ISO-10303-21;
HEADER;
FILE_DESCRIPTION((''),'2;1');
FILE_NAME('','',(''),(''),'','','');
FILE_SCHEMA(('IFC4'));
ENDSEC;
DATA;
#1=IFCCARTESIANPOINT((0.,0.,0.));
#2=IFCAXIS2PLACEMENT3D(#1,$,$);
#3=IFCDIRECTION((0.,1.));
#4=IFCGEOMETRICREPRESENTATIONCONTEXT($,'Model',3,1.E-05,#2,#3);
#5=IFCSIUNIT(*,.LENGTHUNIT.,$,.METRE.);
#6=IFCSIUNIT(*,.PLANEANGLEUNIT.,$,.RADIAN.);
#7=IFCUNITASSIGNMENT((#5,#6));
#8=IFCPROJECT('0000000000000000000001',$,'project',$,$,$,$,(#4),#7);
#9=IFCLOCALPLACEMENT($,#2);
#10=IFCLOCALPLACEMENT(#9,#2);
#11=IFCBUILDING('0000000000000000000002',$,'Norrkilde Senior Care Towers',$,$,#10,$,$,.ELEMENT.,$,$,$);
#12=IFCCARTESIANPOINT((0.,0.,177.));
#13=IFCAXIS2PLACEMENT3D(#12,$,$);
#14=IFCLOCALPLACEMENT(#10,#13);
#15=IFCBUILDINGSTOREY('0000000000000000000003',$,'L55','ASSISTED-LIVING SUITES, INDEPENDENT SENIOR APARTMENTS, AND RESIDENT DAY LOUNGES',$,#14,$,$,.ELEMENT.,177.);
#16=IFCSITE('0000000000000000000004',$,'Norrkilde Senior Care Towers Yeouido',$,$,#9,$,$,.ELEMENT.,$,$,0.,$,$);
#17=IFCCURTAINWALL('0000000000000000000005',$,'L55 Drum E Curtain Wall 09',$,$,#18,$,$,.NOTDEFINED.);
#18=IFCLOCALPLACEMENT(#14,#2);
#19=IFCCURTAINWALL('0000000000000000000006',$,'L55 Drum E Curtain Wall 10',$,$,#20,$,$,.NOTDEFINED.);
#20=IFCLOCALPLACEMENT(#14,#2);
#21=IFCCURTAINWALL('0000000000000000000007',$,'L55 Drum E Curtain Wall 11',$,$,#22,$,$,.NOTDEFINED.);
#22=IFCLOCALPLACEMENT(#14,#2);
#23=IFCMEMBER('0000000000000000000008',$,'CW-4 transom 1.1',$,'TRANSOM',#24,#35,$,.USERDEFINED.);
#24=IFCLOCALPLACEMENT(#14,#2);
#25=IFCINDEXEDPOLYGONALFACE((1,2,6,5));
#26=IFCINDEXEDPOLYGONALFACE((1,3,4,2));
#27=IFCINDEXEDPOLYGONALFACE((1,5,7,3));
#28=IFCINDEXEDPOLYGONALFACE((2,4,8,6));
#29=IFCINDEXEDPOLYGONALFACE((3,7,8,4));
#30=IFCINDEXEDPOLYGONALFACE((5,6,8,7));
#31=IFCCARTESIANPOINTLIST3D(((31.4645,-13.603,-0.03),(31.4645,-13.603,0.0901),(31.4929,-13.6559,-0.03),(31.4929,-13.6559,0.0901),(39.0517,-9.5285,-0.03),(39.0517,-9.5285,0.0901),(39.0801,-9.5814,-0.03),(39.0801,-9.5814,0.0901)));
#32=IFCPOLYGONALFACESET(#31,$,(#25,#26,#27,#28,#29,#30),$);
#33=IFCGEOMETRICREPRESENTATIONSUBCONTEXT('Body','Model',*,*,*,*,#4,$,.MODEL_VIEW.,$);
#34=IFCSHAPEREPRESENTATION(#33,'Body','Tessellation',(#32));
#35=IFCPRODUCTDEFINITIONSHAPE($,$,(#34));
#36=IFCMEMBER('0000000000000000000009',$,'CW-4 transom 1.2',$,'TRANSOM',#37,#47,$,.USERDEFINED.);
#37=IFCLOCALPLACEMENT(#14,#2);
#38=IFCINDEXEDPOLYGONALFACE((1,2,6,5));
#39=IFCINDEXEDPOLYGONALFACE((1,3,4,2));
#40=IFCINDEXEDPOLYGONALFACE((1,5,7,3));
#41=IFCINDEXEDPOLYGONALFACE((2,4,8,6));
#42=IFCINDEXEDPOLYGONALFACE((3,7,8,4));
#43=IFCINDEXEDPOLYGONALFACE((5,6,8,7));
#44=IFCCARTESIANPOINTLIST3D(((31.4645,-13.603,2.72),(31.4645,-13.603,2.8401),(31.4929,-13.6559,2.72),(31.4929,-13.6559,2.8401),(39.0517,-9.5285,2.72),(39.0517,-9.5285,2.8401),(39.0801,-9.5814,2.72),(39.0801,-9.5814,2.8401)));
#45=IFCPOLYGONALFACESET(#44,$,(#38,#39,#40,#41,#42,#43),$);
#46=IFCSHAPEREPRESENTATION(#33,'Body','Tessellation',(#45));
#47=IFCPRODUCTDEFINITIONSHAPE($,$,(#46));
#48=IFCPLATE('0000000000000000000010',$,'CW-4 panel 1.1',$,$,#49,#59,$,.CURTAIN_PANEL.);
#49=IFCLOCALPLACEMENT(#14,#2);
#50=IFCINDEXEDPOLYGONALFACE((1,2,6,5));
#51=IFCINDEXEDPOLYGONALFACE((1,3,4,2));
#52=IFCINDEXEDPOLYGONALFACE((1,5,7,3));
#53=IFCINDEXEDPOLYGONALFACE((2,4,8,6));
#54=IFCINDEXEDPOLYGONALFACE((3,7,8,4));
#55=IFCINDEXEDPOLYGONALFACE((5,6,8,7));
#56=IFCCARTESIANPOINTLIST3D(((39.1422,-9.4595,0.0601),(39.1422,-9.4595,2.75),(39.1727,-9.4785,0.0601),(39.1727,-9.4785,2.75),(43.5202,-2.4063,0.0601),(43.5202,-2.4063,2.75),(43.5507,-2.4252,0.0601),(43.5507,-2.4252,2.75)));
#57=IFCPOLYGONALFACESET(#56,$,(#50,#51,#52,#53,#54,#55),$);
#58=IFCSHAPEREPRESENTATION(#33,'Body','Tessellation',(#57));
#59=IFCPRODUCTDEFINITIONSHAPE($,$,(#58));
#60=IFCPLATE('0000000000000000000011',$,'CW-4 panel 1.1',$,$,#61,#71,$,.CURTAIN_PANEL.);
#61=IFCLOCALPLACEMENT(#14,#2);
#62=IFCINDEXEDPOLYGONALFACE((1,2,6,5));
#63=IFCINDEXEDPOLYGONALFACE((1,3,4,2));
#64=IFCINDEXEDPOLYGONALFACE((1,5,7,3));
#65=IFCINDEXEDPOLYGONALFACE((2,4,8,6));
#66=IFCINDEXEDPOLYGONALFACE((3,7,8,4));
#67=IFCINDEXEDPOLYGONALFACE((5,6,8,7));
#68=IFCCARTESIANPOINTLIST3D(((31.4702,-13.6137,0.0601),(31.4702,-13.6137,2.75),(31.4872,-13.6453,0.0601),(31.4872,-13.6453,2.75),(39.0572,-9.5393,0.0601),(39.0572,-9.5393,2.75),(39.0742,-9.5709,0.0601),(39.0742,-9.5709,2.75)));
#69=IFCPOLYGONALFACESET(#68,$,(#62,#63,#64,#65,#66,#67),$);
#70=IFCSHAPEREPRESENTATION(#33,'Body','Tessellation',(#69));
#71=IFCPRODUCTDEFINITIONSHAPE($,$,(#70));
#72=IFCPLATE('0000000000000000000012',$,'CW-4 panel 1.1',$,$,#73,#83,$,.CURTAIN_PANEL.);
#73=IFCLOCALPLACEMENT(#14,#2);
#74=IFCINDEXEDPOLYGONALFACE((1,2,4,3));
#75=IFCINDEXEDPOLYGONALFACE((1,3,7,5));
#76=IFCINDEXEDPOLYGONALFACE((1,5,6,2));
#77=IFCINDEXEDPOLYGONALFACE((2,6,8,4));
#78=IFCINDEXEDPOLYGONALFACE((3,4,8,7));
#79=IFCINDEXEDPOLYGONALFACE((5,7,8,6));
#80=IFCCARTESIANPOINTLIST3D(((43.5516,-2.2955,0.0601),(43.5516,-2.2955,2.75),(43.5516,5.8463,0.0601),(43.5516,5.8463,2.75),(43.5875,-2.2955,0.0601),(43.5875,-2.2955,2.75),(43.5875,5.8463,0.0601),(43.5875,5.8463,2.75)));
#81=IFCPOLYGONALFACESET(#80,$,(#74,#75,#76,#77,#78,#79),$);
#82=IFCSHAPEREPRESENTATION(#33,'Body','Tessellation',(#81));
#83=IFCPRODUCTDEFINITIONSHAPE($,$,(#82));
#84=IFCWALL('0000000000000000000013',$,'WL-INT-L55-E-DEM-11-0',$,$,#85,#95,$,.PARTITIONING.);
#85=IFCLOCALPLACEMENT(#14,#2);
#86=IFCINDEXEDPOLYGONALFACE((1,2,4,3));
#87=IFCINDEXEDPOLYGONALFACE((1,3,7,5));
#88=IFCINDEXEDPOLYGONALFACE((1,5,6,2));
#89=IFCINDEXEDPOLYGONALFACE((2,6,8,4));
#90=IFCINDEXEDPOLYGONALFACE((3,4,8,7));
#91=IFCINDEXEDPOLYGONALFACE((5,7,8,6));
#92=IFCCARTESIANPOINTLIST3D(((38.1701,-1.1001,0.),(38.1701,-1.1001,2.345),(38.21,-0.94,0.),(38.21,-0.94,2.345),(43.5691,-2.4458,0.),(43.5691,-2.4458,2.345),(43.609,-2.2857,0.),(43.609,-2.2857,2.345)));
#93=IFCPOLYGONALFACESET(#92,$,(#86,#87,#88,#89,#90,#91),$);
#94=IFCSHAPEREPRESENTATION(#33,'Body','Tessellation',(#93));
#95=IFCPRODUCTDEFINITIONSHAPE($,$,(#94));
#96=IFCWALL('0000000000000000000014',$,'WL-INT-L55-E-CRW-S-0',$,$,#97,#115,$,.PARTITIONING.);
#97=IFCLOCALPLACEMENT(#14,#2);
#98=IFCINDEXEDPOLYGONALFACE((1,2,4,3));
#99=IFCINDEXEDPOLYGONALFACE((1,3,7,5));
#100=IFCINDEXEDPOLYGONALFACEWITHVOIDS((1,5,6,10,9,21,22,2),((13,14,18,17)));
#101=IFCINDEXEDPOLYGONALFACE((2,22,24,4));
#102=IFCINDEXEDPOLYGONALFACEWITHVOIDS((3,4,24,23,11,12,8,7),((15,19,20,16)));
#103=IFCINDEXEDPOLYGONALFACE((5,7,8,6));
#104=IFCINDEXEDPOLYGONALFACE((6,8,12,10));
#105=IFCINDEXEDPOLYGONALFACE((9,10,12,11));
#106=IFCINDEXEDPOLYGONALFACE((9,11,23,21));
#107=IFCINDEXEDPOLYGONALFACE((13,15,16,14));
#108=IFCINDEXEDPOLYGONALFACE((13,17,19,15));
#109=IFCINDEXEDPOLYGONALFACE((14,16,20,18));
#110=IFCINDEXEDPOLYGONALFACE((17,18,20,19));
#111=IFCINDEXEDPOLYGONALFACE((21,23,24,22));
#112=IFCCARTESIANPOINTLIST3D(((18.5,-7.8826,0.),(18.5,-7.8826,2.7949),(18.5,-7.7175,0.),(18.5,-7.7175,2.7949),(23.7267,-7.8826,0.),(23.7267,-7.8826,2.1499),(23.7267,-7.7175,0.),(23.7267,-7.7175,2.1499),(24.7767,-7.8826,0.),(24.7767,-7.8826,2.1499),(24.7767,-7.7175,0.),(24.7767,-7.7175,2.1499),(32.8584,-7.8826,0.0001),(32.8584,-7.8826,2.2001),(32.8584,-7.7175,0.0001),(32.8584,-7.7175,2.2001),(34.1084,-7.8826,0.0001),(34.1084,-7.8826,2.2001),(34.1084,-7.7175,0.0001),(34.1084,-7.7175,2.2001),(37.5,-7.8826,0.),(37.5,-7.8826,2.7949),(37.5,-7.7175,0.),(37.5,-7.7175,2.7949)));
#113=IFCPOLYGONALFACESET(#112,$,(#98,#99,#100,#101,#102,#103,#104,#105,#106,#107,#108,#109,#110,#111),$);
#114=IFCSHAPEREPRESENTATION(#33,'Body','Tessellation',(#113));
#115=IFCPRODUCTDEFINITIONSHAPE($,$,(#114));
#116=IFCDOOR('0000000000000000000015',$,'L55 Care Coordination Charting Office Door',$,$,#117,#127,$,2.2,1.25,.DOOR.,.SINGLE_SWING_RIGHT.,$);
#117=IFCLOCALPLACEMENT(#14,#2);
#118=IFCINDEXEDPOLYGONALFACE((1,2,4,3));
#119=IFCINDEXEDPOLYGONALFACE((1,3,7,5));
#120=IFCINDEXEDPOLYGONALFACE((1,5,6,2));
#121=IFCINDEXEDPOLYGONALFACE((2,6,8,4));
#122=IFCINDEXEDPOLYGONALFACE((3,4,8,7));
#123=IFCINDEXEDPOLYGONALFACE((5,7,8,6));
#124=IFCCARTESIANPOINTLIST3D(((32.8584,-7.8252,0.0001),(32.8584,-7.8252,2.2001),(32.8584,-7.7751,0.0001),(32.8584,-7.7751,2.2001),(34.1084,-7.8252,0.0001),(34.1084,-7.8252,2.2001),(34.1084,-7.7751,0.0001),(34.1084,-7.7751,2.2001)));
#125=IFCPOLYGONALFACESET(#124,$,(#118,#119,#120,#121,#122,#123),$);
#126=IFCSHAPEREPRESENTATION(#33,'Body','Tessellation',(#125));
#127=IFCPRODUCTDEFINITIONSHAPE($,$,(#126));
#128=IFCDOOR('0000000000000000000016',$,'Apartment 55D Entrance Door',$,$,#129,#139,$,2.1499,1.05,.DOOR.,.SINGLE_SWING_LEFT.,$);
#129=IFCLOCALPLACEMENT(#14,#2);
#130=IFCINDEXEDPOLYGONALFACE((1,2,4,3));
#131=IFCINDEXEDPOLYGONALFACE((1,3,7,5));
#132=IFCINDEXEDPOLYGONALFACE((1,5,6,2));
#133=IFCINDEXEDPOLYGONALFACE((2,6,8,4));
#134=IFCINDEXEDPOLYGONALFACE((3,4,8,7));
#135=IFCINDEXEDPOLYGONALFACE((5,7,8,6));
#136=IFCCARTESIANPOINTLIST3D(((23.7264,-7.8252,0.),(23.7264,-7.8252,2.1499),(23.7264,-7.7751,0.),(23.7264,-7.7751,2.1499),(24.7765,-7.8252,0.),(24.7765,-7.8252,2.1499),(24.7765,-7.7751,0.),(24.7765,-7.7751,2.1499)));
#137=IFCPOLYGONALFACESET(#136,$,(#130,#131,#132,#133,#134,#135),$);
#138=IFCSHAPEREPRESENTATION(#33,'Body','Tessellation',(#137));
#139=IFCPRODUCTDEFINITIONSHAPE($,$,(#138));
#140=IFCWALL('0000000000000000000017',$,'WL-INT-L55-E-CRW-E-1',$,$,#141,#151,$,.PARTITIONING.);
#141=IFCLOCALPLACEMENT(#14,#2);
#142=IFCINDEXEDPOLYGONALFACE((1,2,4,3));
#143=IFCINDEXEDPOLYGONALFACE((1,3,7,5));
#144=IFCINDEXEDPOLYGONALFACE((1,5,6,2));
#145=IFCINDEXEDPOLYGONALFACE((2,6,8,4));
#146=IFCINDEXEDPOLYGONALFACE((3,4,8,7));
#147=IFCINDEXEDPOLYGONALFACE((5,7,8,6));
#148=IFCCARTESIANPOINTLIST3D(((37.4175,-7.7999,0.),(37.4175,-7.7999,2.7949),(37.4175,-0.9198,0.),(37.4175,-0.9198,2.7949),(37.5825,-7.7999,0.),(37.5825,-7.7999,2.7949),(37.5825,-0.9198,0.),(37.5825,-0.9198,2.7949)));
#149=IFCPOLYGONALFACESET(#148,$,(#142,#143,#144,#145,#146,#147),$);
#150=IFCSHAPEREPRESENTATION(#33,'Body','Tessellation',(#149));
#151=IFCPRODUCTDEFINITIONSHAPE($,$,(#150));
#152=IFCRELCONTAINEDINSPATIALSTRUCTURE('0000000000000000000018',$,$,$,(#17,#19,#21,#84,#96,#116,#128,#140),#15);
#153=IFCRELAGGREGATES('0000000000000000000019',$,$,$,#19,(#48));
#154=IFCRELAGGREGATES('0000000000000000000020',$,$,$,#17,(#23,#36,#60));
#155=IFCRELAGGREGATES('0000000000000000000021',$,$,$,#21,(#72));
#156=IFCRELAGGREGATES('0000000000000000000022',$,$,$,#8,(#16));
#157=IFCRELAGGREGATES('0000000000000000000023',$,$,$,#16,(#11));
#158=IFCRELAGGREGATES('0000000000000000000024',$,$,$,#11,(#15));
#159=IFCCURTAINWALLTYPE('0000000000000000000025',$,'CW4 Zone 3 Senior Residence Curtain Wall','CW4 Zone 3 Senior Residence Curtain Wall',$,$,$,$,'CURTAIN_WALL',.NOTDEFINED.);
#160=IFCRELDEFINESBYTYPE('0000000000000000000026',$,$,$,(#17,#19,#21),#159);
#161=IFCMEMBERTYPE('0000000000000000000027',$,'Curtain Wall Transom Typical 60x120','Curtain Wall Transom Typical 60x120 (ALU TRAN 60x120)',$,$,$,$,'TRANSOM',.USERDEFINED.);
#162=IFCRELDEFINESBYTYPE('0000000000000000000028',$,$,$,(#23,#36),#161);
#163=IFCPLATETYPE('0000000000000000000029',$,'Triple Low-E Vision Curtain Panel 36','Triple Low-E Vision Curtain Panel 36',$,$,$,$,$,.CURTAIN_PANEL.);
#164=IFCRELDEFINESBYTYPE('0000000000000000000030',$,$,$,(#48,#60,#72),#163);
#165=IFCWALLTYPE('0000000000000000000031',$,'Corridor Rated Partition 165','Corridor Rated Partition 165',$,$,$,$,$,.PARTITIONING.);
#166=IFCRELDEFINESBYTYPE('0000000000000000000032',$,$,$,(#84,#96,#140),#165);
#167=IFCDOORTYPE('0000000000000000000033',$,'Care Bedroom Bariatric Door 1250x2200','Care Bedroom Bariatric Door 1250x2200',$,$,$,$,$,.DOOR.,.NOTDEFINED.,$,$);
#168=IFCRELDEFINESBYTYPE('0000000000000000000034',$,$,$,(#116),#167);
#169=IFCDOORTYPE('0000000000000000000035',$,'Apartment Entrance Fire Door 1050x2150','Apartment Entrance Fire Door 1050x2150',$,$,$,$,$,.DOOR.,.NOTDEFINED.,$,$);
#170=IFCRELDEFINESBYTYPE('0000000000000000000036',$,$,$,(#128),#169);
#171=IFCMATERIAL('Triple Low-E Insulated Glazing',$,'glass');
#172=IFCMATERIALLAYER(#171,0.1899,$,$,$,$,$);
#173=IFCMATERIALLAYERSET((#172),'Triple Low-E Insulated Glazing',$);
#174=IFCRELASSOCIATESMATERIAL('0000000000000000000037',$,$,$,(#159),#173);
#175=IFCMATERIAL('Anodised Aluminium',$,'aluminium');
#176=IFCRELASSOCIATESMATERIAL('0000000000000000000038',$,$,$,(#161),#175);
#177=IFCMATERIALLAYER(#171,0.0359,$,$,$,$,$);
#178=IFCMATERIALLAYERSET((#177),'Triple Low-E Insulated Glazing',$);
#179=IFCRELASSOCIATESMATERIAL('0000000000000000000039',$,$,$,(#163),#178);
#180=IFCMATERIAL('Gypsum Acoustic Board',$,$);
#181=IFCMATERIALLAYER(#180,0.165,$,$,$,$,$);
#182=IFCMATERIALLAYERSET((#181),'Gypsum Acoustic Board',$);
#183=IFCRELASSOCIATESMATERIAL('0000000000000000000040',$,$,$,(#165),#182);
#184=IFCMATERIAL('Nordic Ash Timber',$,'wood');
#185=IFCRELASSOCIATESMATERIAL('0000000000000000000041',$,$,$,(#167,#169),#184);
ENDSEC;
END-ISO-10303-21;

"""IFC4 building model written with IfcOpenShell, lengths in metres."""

from ifc_helpers import new_model, si_unit, direction, frame, frame_2d, origin, origin_2d, place, context, subcontext, project, spatial, rectangle, extrude, source, transform, mapped, material, layer, layer_set, material_profile, profile_set, type_object, type_shapes, element, fill, aggregate, save


model = new_model("IFC4")

# Units and contexts
model_context = context("Model", 3, precision=1e-05, world=origin(), true_north=direction((0.0, 1.0)))
body_context = subcontext(model_context, "Body", "Model", "MODEL_VIEW")
ifc_project = project(units=[si_unit("LENGTHUNIT", "METRE"), si_unit("PLANEANGLEUNIT", "RADIAN")], contexts=[model_context])

# Site, building, storey
site_placement = place(None, origin())
site = spatial("IfcSite", under=ifc_project, at=site_placement, Name="Norrkilde Senior Care Towers Yeouido", CompositionType="ELEMENT", RefElevation=0.0)
building_placement = place(site_placement, origin())
building = spatial("IfcBuilding", under=site, at=building_placement, Name="Norrkilde Senior Care Towers", CompositionType="ELEMENT")
storey_placement = place(building_placement, frame((0.0, 0.0, 177.0)))
storey = spatial("IfcBuildingStorey", under=building, at=storey_placement, Name="L55", Description="ASSISTED-LIVING SUITES, INDEPENDENT SENIOR APARTMENTS, AND RESIDENT DAY LOUNGES", CompositionType="ELEMENT", Elevation=177.0)

# Curtain wall
ifc_material_1 = material(Name="Triple Low-E Insulated Glazing", Category="glass")
ifc_layer_1 = layer(ifc_material_1, 0.1899)
ifc_layer_set_1 = layer_set([ifc_layer_1], Name="Triple Low-E Insulated Glazing")
curtain_wall_type = type_object("IfcCurtainWallType", Name="CW4 Zone 3 Senior Residence Curtain Wall", Description="CW4 Zone 3 Senior Residence Curtain Wall", ElementType="CURTAIN_WALL", PredefinedType="NOTDEFINED", material=ifc_layer_set_1)
curtain_wall_1_placement = place(storey_placement, origin())
curtain_wall_1 = element("IfcCurtainWall", 1, at=curtain_wall_1_placement, inside=storey, type_object=curtain_wall_type, Name="L55 Drum E Curtain Wall 09", PredefinedType="NOTDEFINED")
ifc_material_2 = material(Name="Anodised Aluminium", Category="aluminium")

# Curtain wall
curtain_wall_2_placement = place(storey_placement, origin())
curtain_wall_2 = element("IfcCurtainWall", 2, at=curtain_wall_2_placement, inside=storey, type_object=curtain_wall_type, Name="L55 Drum E Curtain Wall 10", PredefinedType="NOTDEFINED")

# Curtain wall
curtain_wall_3_placement = place(storey_placement, origin())
curtain_wall_3 = element("IfcCurtainWall", 3, at=curtain_wall_3_placement, inside=storey, type_object=curtain_wall_type, Name="L55 Drum E Curtain Wall 11", PredefinedType="NOTDEFINED")

# Members
ifc_material_profile_1 = material_profile(ifc_material_2, rectangle(XDim=0.0601, YDim=0.1201, at=origin_2d()), Name="ALU TRAN 60x120")
ifc_profile_set_1 = profile_set([ifc_material_profile_1], Name="Anodised Aluminium")
member_type_1 = type_object("IfcMemberType", Name="Curtain Wall Transom Typical 60x120", Description="Curtain Wall Transom Typical 60x120 (ALU TRAN 60x120)", ElementType="TRANSOM", PredefinedType="USERDEFINED", material=ifc_profile_set_1)
shared_shape_1 = source(origin(), body_context, "Body", "SweptSolid", [
    extrude(rectangle(XDim=0.0601, YDim=0.1201, at=origin_2d()), origin(), (0.0, 0.0, 1.0), 8.6121),
])
member_1_placement = place(storey_placement, frame((39.0659, -9.5549, 0.03), z_axis=(-0.881, -0.473116, 0.0), x_axis=(0.473116, -0.881, 0.0)))
member_1 = element("IfcMember", 4, at=member_1_placement, type_object=member_type_1, Name="CW-4 transom 1.1", ObjectType="TRANSOM", PredefinedType="USERDEFINED", context=body_context, shape_type="MappedRepresentation", body=[
    mapped(shared_shape_1, transform((0.0, 0.0, 0.0), x_axis=(1.0, 0.0, 0.0), y_axis=(0.0, 1.0, 0.0), z_axis=(0.0, 0.0, 1.0), scale=1.0)),
])
member_2_placement = place(storey_placement, frame((39.0659, -9.5549, 2.78), z_axis=(-0.881, -0.473116, 0.0), x_axis=(0.473116, -0.881, 0.0)))
member_2 = element("IfcMember", 5, at=member_2_placement, type_object=member_type_1, Name="CW-4 transom 1.2", ObjectType="TRANSOM", PredefinedType="USERDEFINED", context=body_context, shape_type="MappedRepresentation", body=[
    mapped(shared_shape_1, transform((0.0, 0.0, 0.0), x_axis=(1.0, 0.0, 0.0), y_axis=(0.0, 1.0, 0.0), z_axis=(0.0, 0.0, 1.0), scale=1.0)),
])

# Plates
ifc_layer_2 = layer(ifc_material_1, 0.0359)
ifc_layer_set_2 = layer_set([ifc_layer_2], Name="Triple Low-E Insulated Glazing")
plate_type = type_object("IfcPlateType", Name="Triple Low-E Vision Curtain Panel 36", Description="Triple Low-E Vision Curtain Panel 36", PredefinedType="CURTAIN_PANEL", material=ifc_layer_set_2)
shared_shape_2 = source(origin(), body_context, "Body", "SweptSolid", [
    extrude(rectangle(XDim=8.3015, YDim=0.0359, at=origin_2d()), origin(), (0.0, 0.0, 1.0), 2.6899),
])
plate_1_placement = place(storey_placement, frame((41.3464, -5.9424, 0.0601), z_axis=(0.0, 0.0, 1.0), x_axis=(-0.527373, -0.849634, 0.0)))
plate_1 = element("IfcPlate", 6, at=plate_1_placement, type_object=plate_type, Name="CW-4 panel 1.1", PredefinedType="CURTAIN_PANEL", context=body_context, shape_type="MappedRepresentation", body=[
    mapped(shared_shape_2, transform((0.0, 0.0, 0.0), x_axis=(1.0, 0.0, 0.0), y_axis=(0.0, 1.0, 0.0), z_axis=(0.0, 0.0, 1.0), scale=1.0)),
])
aggregate(curtain_wall_2, [plate_1])
shared_shape_3 = source(origin(), body_context, "Body", "SweptSolid", [
    extrude(rectangle(XDim=8.6118, YDim=0.0359, at=origin_2d()), origin(), (0.0, 0.0, 1.0), 2.6899),
])
plate_2_placement = place(storey_placement, frame((35.2722, -11.5923, 0.0601), z_axis=(0.0, 0.0, 1.0), x_axis=(-0.881, -0.473117, 0.0)))
plate_2 = element("IfcPlate", 7, at=plate_2_placement, type_object=plate_type, Name="CW-4 panel 1.1", PredefinedType="CURTAIN_PANEL", context=body_context, shape_type="MappedRepresentation", body=[
    mapped(shared_shape_3, transform((0.0, 0.0, 0.0), x_axis=(1.0, 0.0, 0.0), y_axis=(0.0, 1.0, 0.0), z_axis=(0.0, 0.0, 1.0), scale=1.0)),
])
aggregate(curtain_wall_1, [member_1, member_2, plate_2])
shared_shape_4 = source(origin(), body_context, "Body", "SweptSolid", [
    extrude(rectangle(XDim=8.1418, YDim=0.0359, at=origin_2d()), origin(), (0.0, 0.0, 1.0), 2.6899),
])
type_shapes(plate_type, [shared_shape_2, shared_shape_3, shared_shape_4])
plate_3_placement = place(storey_placement, frame((43.5696, 1.7754, 0.0601), z_axis=(0.0, 0.0, 1.0), x_axis=(0.0, -1.0, 0.0)))
plate_3 = element("IfcPlate", 8, at=plate_3_placement, type_object=plate_type, Name="CW-4 panel 1.1", PredefinedType="CURTAIN_PANEL", context=body_context, shape_type="MappedRepresentation", body=[
    mapped(shared_shape_4, transform((0.0, 0.0, 0.0), x_axis=(1.0, 0.0, 0.0), y_axis=(0.0, 1.0, 0.0), z_axis=(0.0, 0.0, 1.0), scale=1.0)),
])
aggregate(curtain_wall_3, [plate_3])

# Wall
ifc_material_3 = material(Name="Gypsum Acoustic Board")
ifc_layer_3 = layer(ifc_material_3, 0.165)
ifc_layer_set_3 = layer_set([ifc_layer_3], Name="Gypsum Acoustic Board")
wall_type = type_object("IfcWallType", Name="Corridor Rated Partition 165", Description="Corridor Rated Partition 165", PredefinedType="PARTITIONING", material=ifc_layer_set_3)
shared_shape_5 = source(origin(), body_context, "Body", "SweptSolid", [
    extrude(rectangle(XDim=5.5642, YDim=0.165, at=frame_2d((2.7822, 0.0))), origin(), (0.0, 0.0, 1.0), 2.345),
])
wall_1_placement = place(storey_placement, frame((38.1899, -1.02, 0.0), z_axis=(0.0, 0.0, 1.0), x_axis=(0.970313, -0.241854, 0.0)))
element("IfcWall", 9, at=wall_1_placement, inside=storey, type_object=wall_type, Name="WL-INT-L55-E-DEM-11-0", PredefinedType="PARTITIONING", context=body_context, shape_type="MappedRepresentation", body=[
    mapped(shared_shape_5, transform((0.0, 0.0, 0.0), x_axis=(1.0, 0.0, 0.0), y_axis=(0.0, 1.0, 0.0), z_axis=(0.0, 0.0, 1.0), scale=1.0)),
])

# Wall, openings, doors
shared_shape_6 = source(origin(), body_context, "Body", "SweptSolid", [
    extrude(rectangle(XDim=19.0, YDim=0.165, at=frame_2d((9.5, 0.0))), origin(), (0.0, 0.0, 1.0), 2.7949),
])
wall_2_placement = place(storey_placement, frame((37.5, -7.8, 0.0), z_axis=(0.0, 0.0, 1.0), x_axis=(-1.0, 0.0, 0.0)))
wall_2 = element("IfcWall", 10, at=wall_2_placement, inside=storey, type_object=wall_type, Name="WL-INT-L55-E-CRW-S-0", PredefinedType="PARTITIONING", context=body_context, shape_type="MappedRepresentation", body=[
    mapped(shared_shape_6, transform((0.0, 0.0, 0.0), x_axis=(1.0, 0.0, 0.0), y_axis=(0.0, 1.0, 0.0), z_axis=(0.0, 0.0, 1.0), scale=1.0)),
])
opening_1_placement = place(wall_2_placement, frame((12.7234, 0.0, 0.0)))
opening_1 = element("IfcOpeningElement", 11, at=opening_1_placement, cuts=wall_2, PredefinedType="OPENING", context=body_context, shape_type="SweptSolid", body=[
    extrude(rectangle(XDim=1.05, YDim=2.1499, at=frame_2d((0.5249, 1.075))), frame((0.0, 0.0925, 0.0), z_axis=(0.0, -1.0, 0.0), x_axis=(1.0, 0.0, 0.0)), (0.0, 0.0, 1.0), 0.1851),
])
opening_2_placement = place(wall_2_placement, frame((3.3916, 0.0, 0.0)))
opening_2 = element("IfcOpeningElement", 12, at=opening_2_placement, cuts=wall_2, PredefinedType="OPENING", context=body_context, shape_type="SweptSolid", body=[
    extrude(rectangle(XDim=1.25, YDim=2.2, at=frame_2d((0.625, 1.1001))), frame((0.0, 0.0925, 0.0), z_axis=(0.0, -1.0, 0.0), x_axis=(1.0, 0.0, 0.0)), (0.0, 0.0, 1.0), 0.1851),
])
ifc_material_4 = material(Name="Nordic Ash Timber", Category="wood")
door_type_1 = type_object("IfcDoorType", Name="Care Bedroom Bariatric Door 1250x2200", Description="Care Bedroom Bariatric Door 1250x2200", OperationType="NOTDEFINED", PredefinedType="DOOR", material=ifc_material_4)
shared_shape_7 = source(origin(), body_context, "Body", "SweptSolid", [
    extrude(rectangle(XDim=1.25, YDim=2.2, at=frame_2d((0.625, 1.1001))), frame((0.0, 0.0249, 0.0), z_axis=(0.0, -1.0, 0.0), x_axis=(1.0, 0.0, 0.0)), (0.0, 0.0, 1.0), 0.05),
])
type_shapes(door_type_1, [shared_shape_7])
door_1_placement = place(opening_2_placement, frame((1.25, 0.0, 0.0), z_axis=(0.0, 0.0, 1.0), x_axis=(-1.0, 0.0, 0.0)))
door_1 = element("IfcDoor", 13, at=door_1_placement, inside=storey, type_object=door_type_1, Name="L55 Care Coordination Charting Office Door", OperationType="SINGLE_SWING_RIGHT", OverallHeight=2.2, OverallWidth=1.25, PredefinedType="DOOR", context=body_context, shape_type="MappedRepresentation", body=[
    mapped(shared_shape_7, transform((0.0, 0.0, 0.0), x_axis=(1.0, 0.0, 0.0), y_axis=(0.0, 1.0, 0.0), z_axis=(0.0, 0.0, 1.0), scale=1.0)),
])
fill(opening_2, door_1)
door_type_2 = type_object("IfcDoorType", Name="Apartment Entrance Fire Door 1050x2150", Description="Apartment Entrance Fire Door 1050x2150", OperationType="NOTDEFINED", PredefinedType="DOOR", material=ifc_material_4)
shared_shape_8 = source(origin(), body_context, "Body", "SweptSolid", [
    extrude(rectangle(XDim=1.05, YDim=2.1499, at=frame_2d((0.5249, 1.075))), frame((0.0, 0.0249, 0.0), z_axis=(0.0, -1.0, 0.0), x_axis=(1.0, 0.0, 0.0)), (0.0, 0.0, 1.0), 0.05),
])
type_shapes(door_type_2, [shared_shape_8])
door_2_placement = place(opening_1_placement, frame((1.05, 0.0, 0.0), z_axis=(0.0, 0.0, 1.0), x_axis=(-1.0, 0.0, 0.0)))
door_2 = element("IfcDoor", 14, at=door_2_placement, inside=storey, type_object=door_type_2, Name="Apartment 55D Entrance Door", OperationType="SINGLE_SWING_LEFT", OverallHeight=2.1499, OverallWidth=1.05, PredefinedType="DOOR", context=body_context, shape_type="MappedRepresentation", body=[
    mapped(shared_shape_8, transform((0.0, 0.0, 0.0), x_axis=(1.0, 0.0, 0.0), y_axis=(0.0, 1.0, 0.0), z_axis=(0.0, 0.0, 1.0), scale=1.0)),
])
fill(opening_1, door_2)

# Wall
shared_shape_9 = source(origin(), body_context, "Body", "SweptSolid", [
    extrude(rectangle(XDim=6.8801, YDim=0.165, at=frame_2d((3.4399, 0.0))), origin(), (0.0, 0.0, 1.0), 2.7949),
])
wall_3_placement = place(storey_placement, frame((37.5, -0.9199, 0.0), z_axis=(0.0, 0.0, 1.0), x_axis=(0.0, -1.0, 0.0)))
element("IfcWall", 15, at=wall_3_placement, inside=storey, type_object=wall_type, Name="WL-INT-L55-E-CRW-E-1", PredefinedType="PARTITIONING", context=body_context, shape_type="MappedRepresentation", body=[
    mapped(shared_shape_9, transform((0.0, 0.0, 0.0), x_axis=(1.0, 0.0, 0.0), y_axis=(0.0, 1.0, 0.0), z_axis=(0.0, 0.0, 1.0), scale=1.0)),
])

save(model, "model.ifc")
